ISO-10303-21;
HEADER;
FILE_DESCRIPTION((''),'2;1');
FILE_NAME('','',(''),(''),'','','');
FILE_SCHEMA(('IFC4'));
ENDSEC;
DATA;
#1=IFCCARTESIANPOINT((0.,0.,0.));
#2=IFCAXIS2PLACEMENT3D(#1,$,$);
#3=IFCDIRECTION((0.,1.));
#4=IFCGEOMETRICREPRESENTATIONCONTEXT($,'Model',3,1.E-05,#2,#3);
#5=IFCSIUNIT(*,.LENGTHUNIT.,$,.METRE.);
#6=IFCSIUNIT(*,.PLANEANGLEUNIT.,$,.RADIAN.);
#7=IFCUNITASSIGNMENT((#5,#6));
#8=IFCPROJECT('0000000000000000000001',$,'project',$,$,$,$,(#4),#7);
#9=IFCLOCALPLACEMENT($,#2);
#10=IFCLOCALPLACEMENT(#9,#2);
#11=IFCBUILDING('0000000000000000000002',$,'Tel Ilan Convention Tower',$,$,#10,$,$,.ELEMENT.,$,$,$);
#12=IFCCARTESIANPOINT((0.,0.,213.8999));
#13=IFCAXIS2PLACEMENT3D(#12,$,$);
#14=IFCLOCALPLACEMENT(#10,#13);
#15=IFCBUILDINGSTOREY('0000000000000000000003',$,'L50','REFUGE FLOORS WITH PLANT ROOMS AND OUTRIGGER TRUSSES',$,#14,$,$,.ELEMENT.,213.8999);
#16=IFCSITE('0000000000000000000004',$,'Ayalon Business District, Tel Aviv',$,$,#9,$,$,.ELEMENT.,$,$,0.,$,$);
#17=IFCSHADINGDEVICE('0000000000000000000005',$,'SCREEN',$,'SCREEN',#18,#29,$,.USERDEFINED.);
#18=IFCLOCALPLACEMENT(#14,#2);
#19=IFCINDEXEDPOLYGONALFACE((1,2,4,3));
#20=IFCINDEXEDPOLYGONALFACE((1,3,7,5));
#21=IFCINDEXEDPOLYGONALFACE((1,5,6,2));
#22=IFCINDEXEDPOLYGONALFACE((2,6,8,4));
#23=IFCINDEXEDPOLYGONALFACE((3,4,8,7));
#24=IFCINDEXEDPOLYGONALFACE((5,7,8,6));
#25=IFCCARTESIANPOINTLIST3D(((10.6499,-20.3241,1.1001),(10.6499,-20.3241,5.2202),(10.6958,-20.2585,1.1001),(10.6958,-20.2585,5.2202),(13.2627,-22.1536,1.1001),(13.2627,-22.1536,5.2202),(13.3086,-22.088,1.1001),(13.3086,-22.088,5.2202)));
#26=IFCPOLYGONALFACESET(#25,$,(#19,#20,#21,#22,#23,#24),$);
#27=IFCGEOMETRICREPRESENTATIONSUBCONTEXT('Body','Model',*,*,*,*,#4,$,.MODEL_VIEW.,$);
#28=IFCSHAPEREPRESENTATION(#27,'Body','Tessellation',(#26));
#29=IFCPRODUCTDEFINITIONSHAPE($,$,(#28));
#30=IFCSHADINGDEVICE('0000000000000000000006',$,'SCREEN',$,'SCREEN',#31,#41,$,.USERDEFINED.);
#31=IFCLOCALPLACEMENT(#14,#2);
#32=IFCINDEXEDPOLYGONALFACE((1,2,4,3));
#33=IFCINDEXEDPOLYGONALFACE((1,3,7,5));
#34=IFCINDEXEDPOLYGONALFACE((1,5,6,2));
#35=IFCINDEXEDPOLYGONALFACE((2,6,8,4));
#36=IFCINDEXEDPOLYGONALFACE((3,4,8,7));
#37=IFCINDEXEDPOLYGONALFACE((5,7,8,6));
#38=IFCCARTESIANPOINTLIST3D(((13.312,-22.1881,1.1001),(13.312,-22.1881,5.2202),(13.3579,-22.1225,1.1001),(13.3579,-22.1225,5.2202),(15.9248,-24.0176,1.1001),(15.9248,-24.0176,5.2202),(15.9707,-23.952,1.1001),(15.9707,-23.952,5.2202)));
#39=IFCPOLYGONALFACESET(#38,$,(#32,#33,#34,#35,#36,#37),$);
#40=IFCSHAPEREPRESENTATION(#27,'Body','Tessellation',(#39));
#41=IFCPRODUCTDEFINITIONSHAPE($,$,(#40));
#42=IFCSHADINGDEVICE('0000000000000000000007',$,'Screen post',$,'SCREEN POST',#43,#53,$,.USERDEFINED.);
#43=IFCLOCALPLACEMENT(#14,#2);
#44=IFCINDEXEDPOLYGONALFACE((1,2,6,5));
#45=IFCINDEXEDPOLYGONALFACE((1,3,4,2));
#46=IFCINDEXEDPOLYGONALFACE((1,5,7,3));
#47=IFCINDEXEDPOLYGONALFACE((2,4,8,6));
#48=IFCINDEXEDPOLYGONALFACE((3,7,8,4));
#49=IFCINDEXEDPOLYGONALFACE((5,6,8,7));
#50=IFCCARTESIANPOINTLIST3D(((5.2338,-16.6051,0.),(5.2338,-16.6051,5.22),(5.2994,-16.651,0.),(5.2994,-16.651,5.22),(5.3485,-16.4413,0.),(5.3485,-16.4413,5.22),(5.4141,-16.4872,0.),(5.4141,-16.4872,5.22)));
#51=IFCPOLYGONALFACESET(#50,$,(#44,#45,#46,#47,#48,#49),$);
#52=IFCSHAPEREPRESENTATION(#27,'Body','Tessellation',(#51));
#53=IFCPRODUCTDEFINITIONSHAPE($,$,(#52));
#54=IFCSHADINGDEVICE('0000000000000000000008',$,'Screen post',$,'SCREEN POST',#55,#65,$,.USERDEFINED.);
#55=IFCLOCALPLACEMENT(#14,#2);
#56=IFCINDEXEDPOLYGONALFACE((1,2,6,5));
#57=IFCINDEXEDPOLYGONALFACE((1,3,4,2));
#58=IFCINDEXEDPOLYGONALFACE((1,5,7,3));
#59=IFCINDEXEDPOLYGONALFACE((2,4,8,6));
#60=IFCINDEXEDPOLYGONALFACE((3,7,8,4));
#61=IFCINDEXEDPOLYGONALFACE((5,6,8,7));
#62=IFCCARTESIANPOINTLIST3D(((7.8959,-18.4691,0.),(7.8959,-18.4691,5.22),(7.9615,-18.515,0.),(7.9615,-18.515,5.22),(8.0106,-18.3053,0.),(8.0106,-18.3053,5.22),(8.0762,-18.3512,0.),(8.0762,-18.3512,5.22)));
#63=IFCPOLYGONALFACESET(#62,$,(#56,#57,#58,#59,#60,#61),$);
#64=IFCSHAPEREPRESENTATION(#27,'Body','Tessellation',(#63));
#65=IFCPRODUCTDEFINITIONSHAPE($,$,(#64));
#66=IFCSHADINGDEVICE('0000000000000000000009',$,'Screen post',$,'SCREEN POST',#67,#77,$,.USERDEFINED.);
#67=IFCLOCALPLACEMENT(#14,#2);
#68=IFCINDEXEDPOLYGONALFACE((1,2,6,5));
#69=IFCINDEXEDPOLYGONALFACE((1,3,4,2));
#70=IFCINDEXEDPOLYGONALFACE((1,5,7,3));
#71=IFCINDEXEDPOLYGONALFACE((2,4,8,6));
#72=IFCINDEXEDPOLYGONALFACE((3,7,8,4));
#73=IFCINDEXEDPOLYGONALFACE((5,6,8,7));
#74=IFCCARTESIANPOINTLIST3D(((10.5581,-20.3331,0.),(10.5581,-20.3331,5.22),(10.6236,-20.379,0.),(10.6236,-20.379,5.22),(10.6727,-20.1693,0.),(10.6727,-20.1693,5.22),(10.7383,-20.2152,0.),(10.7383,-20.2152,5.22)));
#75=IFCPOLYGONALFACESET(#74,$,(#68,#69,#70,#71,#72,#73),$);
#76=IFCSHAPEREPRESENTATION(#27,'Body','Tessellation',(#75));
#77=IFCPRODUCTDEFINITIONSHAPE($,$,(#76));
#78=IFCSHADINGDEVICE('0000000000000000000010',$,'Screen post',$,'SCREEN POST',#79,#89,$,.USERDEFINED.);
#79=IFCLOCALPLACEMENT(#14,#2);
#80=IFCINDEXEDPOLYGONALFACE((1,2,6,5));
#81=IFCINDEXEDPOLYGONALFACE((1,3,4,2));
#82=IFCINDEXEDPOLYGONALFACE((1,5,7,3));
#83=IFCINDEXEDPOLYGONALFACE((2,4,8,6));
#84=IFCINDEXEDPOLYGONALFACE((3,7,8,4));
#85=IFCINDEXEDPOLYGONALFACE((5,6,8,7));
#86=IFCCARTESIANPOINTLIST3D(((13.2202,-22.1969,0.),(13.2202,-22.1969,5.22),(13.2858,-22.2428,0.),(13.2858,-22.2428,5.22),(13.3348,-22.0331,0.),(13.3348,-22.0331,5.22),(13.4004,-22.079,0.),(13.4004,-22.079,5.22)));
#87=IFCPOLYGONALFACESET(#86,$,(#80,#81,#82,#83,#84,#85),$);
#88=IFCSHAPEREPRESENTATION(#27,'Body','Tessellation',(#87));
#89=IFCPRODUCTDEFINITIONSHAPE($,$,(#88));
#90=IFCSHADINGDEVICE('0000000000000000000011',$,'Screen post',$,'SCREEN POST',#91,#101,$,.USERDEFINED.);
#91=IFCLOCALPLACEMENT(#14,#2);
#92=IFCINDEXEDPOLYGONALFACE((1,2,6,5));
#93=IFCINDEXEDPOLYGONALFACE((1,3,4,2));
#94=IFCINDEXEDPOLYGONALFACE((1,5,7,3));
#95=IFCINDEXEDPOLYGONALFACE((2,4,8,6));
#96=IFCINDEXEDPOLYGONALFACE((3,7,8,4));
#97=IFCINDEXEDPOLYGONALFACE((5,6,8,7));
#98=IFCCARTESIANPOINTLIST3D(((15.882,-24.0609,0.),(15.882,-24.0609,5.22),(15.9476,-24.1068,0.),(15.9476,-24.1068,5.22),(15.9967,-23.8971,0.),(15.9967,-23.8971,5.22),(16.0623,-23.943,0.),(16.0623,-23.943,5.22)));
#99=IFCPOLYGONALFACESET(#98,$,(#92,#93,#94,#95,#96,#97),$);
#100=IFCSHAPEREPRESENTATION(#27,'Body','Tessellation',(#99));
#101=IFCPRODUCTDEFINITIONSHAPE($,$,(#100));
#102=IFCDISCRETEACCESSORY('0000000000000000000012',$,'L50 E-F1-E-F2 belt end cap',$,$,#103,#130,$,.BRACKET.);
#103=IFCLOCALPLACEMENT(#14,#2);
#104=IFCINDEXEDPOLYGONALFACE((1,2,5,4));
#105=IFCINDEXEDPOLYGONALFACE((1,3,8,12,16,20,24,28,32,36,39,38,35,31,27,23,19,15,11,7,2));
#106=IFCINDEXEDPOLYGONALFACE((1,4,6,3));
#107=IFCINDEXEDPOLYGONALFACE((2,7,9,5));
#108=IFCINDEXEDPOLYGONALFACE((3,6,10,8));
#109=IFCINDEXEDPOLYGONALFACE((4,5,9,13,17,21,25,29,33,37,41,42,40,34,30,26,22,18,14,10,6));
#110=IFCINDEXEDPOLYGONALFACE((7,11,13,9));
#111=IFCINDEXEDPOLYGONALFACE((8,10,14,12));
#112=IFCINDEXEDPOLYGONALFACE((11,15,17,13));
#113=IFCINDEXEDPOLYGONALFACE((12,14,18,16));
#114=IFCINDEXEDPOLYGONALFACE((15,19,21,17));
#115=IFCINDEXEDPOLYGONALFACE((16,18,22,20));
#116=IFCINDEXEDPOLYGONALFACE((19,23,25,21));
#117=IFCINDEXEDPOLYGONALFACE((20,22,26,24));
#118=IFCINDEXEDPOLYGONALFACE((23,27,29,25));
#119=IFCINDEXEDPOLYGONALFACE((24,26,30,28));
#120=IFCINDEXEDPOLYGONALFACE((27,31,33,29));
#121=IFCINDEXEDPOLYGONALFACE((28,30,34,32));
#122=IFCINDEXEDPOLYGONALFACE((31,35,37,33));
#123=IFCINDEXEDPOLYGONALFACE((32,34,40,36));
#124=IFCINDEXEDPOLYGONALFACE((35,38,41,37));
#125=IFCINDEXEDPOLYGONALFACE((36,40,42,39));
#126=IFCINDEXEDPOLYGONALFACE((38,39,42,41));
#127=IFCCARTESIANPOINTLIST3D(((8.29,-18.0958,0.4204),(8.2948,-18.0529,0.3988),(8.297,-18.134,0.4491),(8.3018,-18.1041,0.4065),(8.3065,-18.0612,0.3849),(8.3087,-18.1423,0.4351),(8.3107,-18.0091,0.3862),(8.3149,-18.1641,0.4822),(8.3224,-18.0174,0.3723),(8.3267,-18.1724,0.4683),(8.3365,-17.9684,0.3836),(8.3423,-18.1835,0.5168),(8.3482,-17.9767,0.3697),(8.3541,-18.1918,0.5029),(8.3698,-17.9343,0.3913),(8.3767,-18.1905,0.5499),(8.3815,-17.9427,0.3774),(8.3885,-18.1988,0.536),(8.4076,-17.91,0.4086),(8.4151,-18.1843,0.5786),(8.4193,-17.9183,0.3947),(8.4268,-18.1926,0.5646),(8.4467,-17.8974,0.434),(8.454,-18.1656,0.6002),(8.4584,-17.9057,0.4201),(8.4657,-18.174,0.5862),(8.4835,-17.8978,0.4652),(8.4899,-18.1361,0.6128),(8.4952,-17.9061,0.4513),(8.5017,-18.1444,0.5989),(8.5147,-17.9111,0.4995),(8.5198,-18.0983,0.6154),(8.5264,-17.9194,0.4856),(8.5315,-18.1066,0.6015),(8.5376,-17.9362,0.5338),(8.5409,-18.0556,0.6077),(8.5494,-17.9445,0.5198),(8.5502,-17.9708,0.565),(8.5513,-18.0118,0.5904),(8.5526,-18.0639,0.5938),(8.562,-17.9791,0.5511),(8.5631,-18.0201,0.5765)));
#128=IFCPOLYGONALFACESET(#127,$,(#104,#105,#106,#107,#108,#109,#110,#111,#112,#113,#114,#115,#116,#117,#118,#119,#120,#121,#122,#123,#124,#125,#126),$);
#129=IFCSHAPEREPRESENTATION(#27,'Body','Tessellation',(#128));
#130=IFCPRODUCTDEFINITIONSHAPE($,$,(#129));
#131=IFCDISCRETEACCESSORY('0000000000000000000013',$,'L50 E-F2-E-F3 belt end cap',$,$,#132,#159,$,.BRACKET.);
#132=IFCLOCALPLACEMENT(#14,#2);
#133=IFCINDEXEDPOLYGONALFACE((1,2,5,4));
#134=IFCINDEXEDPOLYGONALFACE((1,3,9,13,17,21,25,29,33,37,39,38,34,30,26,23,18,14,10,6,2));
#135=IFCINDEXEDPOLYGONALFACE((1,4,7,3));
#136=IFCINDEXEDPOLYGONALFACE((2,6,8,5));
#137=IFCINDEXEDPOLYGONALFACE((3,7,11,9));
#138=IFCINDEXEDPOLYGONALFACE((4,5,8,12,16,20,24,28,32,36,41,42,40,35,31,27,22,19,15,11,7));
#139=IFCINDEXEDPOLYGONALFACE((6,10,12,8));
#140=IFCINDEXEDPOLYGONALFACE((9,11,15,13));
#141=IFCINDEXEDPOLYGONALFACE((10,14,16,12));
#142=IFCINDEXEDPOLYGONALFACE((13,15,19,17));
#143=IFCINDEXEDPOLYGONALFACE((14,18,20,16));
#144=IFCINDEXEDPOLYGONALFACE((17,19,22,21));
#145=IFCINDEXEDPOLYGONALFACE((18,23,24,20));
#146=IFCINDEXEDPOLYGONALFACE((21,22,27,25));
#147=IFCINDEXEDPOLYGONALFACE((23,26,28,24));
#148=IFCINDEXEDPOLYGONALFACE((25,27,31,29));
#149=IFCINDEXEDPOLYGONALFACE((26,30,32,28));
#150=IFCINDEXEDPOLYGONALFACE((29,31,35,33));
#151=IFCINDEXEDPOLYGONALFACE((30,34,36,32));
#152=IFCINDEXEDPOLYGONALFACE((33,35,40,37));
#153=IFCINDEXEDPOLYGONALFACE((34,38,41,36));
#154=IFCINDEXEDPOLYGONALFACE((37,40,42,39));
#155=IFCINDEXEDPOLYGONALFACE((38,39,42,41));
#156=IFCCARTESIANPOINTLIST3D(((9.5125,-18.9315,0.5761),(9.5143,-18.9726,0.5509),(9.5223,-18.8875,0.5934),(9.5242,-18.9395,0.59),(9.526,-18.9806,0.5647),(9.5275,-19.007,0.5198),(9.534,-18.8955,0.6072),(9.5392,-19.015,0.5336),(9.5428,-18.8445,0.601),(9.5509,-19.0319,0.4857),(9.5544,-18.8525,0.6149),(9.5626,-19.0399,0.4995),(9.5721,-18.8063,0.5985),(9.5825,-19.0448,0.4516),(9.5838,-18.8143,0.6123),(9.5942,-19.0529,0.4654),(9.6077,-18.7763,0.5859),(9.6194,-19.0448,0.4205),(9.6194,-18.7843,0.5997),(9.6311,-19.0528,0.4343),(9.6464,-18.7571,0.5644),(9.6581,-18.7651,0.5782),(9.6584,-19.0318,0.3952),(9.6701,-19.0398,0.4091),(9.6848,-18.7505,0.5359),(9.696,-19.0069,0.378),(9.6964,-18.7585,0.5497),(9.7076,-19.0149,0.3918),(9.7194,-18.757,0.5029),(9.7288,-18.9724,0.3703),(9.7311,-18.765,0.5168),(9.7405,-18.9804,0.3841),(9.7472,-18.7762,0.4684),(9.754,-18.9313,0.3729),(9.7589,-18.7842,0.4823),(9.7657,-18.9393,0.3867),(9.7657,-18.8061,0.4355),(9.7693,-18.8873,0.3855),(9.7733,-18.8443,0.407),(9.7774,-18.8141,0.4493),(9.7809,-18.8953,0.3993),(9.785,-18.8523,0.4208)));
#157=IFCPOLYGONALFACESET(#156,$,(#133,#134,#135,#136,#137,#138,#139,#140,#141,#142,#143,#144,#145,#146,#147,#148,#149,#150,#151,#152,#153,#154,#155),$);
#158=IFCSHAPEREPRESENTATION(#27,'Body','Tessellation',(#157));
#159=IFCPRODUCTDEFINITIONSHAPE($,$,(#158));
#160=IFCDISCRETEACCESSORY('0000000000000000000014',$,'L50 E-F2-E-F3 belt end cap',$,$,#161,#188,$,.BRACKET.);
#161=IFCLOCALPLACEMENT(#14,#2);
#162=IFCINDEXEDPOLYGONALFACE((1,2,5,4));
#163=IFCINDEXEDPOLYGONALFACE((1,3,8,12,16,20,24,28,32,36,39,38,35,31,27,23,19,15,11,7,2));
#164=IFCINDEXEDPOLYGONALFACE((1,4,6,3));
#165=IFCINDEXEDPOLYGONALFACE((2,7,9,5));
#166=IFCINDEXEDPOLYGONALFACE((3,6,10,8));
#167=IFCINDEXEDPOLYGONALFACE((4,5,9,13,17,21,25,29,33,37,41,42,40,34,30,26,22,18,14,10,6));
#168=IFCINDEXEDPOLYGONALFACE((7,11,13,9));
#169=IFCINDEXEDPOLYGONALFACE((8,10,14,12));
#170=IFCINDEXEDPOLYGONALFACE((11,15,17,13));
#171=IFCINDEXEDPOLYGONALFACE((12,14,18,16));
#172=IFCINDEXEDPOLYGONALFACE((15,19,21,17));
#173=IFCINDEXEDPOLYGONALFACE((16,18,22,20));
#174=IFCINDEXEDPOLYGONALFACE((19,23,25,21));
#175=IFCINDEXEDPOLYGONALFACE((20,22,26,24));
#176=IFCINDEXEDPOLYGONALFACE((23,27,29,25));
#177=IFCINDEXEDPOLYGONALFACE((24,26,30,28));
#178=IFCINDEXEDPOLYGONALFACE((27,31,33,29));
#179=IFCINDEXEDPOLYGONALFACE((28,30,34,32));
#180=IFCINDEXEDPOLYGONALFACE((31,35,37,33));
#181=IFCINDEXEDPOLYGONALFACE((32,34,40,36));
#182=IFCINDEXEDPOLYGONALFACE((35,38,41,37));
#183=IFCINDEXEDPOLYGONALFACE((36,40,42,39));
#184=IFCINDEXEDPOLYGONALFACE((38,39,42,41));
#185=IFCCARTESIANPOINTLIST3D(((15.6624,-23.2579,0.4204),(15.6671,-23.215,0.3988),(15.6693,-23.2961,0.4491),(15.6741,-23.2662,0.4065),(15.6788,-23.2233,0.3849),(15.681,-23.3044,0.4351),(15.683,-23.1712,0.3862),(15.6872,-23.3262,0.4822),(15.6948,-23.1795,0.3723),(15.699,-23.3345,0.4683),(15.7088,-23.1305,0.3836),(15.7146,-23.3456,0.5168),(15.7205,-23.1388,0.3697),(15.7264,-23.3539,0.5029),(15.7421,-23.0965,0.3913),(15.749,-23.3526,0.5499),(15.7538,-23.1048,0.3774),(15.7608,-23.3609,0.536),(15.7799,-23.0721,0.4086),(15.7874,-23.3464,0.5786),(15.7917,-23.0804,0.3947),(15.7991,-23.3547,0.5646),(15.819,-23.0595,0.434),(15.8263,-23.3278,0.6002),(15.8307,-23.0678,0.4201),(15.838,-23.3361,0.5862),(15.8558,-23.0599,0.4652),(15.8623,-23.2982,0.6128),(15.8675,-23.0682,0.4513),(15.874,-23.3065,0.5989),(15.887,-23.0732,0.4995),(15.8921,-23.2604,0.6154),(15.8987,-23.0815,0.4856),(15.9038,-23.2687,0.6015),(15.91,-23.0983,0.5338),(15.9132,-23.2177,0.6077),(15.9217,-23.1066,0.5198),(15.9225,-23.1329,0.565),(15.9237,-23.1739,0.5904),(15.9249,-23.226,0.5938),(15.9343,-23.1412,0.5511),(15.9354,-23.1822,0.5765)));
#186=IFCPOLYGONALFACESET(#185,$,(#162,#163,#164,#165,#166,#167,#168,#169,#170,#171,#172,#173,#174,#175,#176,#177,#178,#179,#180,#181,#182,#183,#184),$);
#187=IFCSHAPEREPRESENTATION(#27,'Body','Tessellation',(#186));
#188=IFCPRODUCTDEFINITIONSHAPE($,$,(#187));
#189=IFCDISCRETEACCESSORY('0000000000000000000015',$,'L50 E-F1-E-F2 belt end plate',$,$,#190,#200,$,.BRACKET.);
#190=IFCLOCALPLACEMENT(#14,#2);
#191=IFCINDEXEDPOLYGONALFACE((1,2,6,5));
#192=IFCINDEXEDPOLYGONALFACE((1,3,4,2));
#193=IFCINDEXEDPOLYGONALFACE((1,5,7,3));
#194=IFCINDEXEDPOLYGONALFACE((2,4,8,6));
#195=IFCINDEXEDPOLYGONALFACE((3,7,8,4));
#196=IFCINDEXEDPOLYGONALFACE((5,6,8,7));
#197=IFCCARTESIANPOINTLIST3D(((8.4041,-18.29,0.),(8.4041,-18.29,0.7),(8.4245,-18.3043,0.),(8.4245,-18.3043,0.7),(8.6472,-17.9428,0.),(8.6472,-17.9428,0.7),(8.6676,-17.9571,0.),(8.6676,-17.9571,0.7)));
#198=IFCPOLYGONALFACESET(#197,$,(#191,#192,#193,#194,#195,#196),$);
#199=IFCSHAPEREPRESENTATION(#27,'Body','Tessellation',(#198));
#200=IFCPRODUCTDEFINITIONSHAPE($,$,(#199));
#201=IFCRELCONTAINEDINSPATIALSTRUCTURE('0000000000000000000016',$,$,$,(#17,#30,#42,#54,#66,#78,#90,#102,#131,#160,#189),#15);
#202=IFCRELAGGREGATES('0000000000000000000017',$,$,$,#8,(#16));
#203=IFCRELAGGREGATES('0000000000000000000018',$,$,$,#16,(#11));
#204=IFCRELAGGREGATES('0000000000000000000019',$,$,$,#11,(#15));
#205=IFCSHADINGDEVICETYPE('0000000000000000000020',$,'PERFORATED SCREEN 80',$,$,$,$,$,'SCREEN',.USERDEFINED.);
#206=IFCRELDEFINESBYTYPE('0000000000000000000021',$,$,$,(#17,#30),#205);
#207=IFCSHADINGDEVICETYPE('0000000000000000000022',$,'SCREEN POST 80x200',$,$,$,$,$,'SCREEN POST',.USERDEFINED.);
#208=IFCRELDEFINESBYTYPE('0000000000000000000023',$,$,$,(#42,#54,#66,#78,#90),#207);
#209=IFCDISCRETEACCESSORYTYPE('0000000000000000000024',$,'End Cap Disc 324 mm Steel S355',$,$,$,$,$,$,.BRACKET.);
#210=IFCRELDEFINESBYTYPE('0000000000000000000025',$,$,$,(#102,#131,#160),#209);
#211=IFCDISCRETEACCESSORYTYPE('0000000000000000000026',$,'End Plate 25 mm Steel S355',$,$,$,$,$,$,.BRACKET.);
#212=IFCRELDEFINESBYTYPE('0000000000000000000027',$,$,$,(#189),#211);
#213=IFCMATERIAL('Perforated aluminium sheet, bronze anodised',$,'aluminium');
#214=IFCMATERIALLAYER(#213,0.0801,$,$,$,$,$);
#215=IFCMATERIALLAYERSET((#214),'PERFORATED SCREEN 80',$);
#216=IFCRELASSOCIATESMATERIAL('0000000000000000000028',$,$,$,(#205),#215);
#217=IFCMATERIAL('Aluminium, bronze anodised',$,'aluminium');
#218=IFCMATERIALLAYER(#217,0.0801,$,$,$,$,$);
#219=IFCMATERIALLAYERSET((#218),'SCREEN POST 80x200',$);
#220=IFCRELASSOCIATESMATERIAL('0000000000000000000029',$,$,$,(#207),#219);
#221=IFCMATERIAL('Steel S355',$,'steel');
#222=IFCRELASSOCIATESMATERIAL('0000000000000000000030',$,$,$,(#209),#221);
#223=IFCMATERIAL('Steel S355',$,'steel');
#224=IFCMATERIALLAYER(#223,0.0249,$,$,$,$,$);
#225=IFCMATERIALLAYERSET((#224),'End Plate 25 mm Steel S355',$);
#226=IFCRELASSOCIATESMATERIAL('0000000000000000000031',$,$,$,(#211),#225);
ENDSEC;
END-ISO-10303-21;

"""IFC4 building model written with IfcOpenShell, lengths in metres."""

from ifc_helpers import new_model, si_unit, direction, frame, origin, origin_2d, place, context, subcontext, project, spatial, rectangle, circle, extrude, material, layer, layer_set, material_profile, profile_set, type_object, element, save


model = new_model("IFC4")

# Units and contexts
model_context = context("Model", 3, precision=1e-05, world=origin(), true_north=direction((0.0, 1.0)))
body_context = subcontext(model_context, "Body", "Model", "MODEL_VIEW")
ifc_project = project(units=[si_unit("LENGTHUNIT", "METRE"), si_unit("PLANEANGLEUNIT", "RADIAN")], contexts=[model_context])

# Site, building, storey
site_placement = place(None, origin())
site = spatial("IfcSite", under=ifc_project, at=site_placement, Name="Ayalon Business District, Tel Aviv", CompositionType="ELEMENT", RefElevation=0.0)
building_placement = place(site_placement, origin())
building = spatial("IfcBuilding", under=site, at=building_placement, Name="Tel Ilan Convention Tower", CompositionType="ELEMENT")
storey_placement = place(building_placement, frame((0.0, 0.0, 213.8999)))
storey = spatial("IfcBuildingStorey", under=building, at=storey_placement, Name="L50", Description="REFUGE FLOORS WITH PLANT ROOMS AND OUTRIGGER TRUSSES", CompositionType="ELEMENT", Elevation=213.8999)

# Shading devices
ifc_material_1 = material(Name="Perforated aluminium sheet, bronze anodised", Category="aluminium")
ifc_layer_1 = layer(ifc_material_1, 0.0801)
ifc_layer_set_1 = layer_set([ifc_layer_1], Name="PERFORATED SCREEN 80")
shading_device_type_1 = type_object("IfcShadingDeviceType", Name="PERFORATED SCREEN 80", ElementType="SCREEN", PredefinedType="USERDEFINED", material=ifc_layer_set_1)
for number, where, z_axis, x_axis, name in (
    (1, (11.9792, -21.2061, 1.1001), (0.0, 0.0, 1.0), (0.819152, -0.573576, 0.0), "SCREEN"),
    (2, (14.6414, -23.0701, 1.1001), (0.0, 0.0, 1.0), (0.819152, -0.573576, 0.0), "SCREEN"),
):
    element("IfcShadingDevice", number, at=place(storey_placement, frame(where, z_axis=z_axis, x_axis=x_axis)), inside=storey, type_object=shading_device_type_1, Name=name, ObjectType="SCREEN", PredefinedType="USERDEFINED", context=body_context, shape_type="SweptSolid", body=[
        extrude(rectangle(XDim=3.1897, YDim=0.0801, at=origin_2d()), origin(), (0.0, 0.0, 1.0), 4.1201),
    ])
ifc_material_2 = material(Name="Aluminium, bronze anodised", Category="aluminium")
ifc_layer_2 = layer(ifc_material_2, 0.0801)
ifc_layer_set_2 = layer_set([ifc_layer_2], Name="SCREEN POST 80x200")
shading_device_type_2 = type_object("IfcShadingDeviceType", Name="SCREEN POST 80x200", ElementType="SCREEN POST", PredefinedType="USERDEFINED", material=ifc_layer_set_2)
for number, where, z_axis, x_axis, name in (
    (3, (5.324, -16.5461, 0.0), (0.0, 0.0, 1.0), (0.819152, -0.573576, 0.0), "Screen post"),
    (4, (7.9861, -18.4102, 0.0), (0.0, 0.0, 1.0), (0.819152, -0.573576, 0.0), "Screen post"),
    (5, (10.6482, -20.2742, 0.0), (0.0, 0.0, 1.0), (0.819152, -0.573576, 0.0), "Screen post"),
    (6, (13.3103, -22.1379, 0.0), (0.0, 0.0, 1.0), (0.819152, -0.573576, 0.0), "Screen post"),
    (7, (15.9722, -24.002, 0.0), (0.0, 0.0, 1.0), (0.819152, -0.573576, 0.0), "Screen post"),
):
    element("IfcShadingDevice", number, at=place(storey_placement, frame(where, z_axis=z_axis, x_axis=x_axis)), inside=storey, type_object=shading_device_type_2, Name=name, ObjectType="SCREEN POST", PredefinedType="USERDEFINED", context=body_context, shape_type="SweptSolid", body=[
        extrude(rectangle(XDim=0.0801, YDim=0.2, at=origin_2d()), origin(), (0.0, 0.0, 1.0), 5.22),
    ])

# Discrete accessories
ifc_material_3 = material(Name="Steel S355", Category="steel")
ifc_material_profile_1 = material_profile(ifc_material_3, circle(Radius=0.1619, at=origin_2d()), Name="End Cap Disc 324 mm Steel S355")
ifc_profile_set_1 = profile_set([ifc_material_profile_1], Name="Steel S355")
discrete_accessory_type_1 = type_object("IfcDiscreteAccessoryType", Name="End Cap Disc 324 mm Steel S355", PredefinedType="BRACKET", material=ifc_profile_set_1)
discrete_accessory_1_placement = place(storey_placement, frame((8.4211, -18.0432, 0.4995), z_axis=(0.58602, -0.415097, -0.695899), x_axis=(0.578017, 0.816024, 0.0)))
element("IfcDiscreteAccessory", 8, at=discrete_accessory_1_placement, inside=storey, type_object=discrete_accessory_type_1, Name="L50 E-F1-E-F2 belt end cap", PredefinedType="BRACKET", context=body_context, shape_type="SweptSolid", body=[
    extrude(circle(Radius=0.1619, at=origin_2d()), origin(), (0.0, 0.0, 1.0), 0.02),
])
discrete_accessory_2_placement = place(storey_placement, frame((9.6543, -18.9065, 0.4995), z_axis=(-0.588968, 0.404916, -0.6994), x_axis=(-0.566529, -0.824042, 0.0)))
element("IfcDiscreteAccessory", 9, at=discrete_accessory_2_placement, inside=storey, type_object=discrete_accessory_type_1, Name="L50 E-F2-E-F3 belt end cap", PredefinedType="BRACKET", context=body_context, shape_type="SweptSolid", body=[
    extrude(circle(Radius=0.1619, at=origin_2d()), origin(), (0.0, 0.0, 1.0), 0.0198),
])
discrete_accessory_3_placement = place(storey_placement, frame((15.7935, -23.2053, 0.4995), z_axis=(0.58602, -0.415097, -0.695899), x_axis=(0.578017, 0.816024, 0.0)))
element("IfcDiscreteAccessory", 10, at=discrete_accessory_3_placement, inside=storey, type_object=discrete_accessory_type_1, Name="L50 E-F2-E-F3 belt end cap", PredefinedType="BRACKET", context=body_context, shape_type="SweptSolid", body=[
    extrude(circle(Radius=0.1619, at=origin_2d()), origin(), (0.0, 0.0, 1.0), 0.02),
])
ifc_material_4 = material(Name="Steel S355", Category="steel")
ifc_layer_3 = layer(ifc_material_4, 0.0249)
ifc_layer_set_3 = layer_set([ifc_layer_3], Name="End Plate 25 mm Steel S355")
discrete_accessory_type_2 = type_object("IfcDiscreteAccessoryType", Name="End Plate 25 mm Steel S355", PredefinedType="BRACKET", material=ifc_layer_set_3)
discrete_accessory_4_placement = place(storey_placement, frame((8.5359, -18.1235, 0.0), z_axis=(0.0, 0.0, 1.0), x_axis=(0.819152, -0.573576, 0.0)))
element("IfcDiscreteAccessory", 11, at=discrete_accessory_4_placement, inside=storey, type_object=discrete_accessory_type_2, Name="L50 E-F1-E-F2 belt end plate", PredefinedType="BRACKET", context=body_context, shape_type="SweptSolid", body=[
    extrude(rectangle(XDim=0.0249, YDim=0.4238, at=origin_2d()), origin(), (0.0, 0.0, 1.0), 0.7),
])

save(model, "model.ifc")
